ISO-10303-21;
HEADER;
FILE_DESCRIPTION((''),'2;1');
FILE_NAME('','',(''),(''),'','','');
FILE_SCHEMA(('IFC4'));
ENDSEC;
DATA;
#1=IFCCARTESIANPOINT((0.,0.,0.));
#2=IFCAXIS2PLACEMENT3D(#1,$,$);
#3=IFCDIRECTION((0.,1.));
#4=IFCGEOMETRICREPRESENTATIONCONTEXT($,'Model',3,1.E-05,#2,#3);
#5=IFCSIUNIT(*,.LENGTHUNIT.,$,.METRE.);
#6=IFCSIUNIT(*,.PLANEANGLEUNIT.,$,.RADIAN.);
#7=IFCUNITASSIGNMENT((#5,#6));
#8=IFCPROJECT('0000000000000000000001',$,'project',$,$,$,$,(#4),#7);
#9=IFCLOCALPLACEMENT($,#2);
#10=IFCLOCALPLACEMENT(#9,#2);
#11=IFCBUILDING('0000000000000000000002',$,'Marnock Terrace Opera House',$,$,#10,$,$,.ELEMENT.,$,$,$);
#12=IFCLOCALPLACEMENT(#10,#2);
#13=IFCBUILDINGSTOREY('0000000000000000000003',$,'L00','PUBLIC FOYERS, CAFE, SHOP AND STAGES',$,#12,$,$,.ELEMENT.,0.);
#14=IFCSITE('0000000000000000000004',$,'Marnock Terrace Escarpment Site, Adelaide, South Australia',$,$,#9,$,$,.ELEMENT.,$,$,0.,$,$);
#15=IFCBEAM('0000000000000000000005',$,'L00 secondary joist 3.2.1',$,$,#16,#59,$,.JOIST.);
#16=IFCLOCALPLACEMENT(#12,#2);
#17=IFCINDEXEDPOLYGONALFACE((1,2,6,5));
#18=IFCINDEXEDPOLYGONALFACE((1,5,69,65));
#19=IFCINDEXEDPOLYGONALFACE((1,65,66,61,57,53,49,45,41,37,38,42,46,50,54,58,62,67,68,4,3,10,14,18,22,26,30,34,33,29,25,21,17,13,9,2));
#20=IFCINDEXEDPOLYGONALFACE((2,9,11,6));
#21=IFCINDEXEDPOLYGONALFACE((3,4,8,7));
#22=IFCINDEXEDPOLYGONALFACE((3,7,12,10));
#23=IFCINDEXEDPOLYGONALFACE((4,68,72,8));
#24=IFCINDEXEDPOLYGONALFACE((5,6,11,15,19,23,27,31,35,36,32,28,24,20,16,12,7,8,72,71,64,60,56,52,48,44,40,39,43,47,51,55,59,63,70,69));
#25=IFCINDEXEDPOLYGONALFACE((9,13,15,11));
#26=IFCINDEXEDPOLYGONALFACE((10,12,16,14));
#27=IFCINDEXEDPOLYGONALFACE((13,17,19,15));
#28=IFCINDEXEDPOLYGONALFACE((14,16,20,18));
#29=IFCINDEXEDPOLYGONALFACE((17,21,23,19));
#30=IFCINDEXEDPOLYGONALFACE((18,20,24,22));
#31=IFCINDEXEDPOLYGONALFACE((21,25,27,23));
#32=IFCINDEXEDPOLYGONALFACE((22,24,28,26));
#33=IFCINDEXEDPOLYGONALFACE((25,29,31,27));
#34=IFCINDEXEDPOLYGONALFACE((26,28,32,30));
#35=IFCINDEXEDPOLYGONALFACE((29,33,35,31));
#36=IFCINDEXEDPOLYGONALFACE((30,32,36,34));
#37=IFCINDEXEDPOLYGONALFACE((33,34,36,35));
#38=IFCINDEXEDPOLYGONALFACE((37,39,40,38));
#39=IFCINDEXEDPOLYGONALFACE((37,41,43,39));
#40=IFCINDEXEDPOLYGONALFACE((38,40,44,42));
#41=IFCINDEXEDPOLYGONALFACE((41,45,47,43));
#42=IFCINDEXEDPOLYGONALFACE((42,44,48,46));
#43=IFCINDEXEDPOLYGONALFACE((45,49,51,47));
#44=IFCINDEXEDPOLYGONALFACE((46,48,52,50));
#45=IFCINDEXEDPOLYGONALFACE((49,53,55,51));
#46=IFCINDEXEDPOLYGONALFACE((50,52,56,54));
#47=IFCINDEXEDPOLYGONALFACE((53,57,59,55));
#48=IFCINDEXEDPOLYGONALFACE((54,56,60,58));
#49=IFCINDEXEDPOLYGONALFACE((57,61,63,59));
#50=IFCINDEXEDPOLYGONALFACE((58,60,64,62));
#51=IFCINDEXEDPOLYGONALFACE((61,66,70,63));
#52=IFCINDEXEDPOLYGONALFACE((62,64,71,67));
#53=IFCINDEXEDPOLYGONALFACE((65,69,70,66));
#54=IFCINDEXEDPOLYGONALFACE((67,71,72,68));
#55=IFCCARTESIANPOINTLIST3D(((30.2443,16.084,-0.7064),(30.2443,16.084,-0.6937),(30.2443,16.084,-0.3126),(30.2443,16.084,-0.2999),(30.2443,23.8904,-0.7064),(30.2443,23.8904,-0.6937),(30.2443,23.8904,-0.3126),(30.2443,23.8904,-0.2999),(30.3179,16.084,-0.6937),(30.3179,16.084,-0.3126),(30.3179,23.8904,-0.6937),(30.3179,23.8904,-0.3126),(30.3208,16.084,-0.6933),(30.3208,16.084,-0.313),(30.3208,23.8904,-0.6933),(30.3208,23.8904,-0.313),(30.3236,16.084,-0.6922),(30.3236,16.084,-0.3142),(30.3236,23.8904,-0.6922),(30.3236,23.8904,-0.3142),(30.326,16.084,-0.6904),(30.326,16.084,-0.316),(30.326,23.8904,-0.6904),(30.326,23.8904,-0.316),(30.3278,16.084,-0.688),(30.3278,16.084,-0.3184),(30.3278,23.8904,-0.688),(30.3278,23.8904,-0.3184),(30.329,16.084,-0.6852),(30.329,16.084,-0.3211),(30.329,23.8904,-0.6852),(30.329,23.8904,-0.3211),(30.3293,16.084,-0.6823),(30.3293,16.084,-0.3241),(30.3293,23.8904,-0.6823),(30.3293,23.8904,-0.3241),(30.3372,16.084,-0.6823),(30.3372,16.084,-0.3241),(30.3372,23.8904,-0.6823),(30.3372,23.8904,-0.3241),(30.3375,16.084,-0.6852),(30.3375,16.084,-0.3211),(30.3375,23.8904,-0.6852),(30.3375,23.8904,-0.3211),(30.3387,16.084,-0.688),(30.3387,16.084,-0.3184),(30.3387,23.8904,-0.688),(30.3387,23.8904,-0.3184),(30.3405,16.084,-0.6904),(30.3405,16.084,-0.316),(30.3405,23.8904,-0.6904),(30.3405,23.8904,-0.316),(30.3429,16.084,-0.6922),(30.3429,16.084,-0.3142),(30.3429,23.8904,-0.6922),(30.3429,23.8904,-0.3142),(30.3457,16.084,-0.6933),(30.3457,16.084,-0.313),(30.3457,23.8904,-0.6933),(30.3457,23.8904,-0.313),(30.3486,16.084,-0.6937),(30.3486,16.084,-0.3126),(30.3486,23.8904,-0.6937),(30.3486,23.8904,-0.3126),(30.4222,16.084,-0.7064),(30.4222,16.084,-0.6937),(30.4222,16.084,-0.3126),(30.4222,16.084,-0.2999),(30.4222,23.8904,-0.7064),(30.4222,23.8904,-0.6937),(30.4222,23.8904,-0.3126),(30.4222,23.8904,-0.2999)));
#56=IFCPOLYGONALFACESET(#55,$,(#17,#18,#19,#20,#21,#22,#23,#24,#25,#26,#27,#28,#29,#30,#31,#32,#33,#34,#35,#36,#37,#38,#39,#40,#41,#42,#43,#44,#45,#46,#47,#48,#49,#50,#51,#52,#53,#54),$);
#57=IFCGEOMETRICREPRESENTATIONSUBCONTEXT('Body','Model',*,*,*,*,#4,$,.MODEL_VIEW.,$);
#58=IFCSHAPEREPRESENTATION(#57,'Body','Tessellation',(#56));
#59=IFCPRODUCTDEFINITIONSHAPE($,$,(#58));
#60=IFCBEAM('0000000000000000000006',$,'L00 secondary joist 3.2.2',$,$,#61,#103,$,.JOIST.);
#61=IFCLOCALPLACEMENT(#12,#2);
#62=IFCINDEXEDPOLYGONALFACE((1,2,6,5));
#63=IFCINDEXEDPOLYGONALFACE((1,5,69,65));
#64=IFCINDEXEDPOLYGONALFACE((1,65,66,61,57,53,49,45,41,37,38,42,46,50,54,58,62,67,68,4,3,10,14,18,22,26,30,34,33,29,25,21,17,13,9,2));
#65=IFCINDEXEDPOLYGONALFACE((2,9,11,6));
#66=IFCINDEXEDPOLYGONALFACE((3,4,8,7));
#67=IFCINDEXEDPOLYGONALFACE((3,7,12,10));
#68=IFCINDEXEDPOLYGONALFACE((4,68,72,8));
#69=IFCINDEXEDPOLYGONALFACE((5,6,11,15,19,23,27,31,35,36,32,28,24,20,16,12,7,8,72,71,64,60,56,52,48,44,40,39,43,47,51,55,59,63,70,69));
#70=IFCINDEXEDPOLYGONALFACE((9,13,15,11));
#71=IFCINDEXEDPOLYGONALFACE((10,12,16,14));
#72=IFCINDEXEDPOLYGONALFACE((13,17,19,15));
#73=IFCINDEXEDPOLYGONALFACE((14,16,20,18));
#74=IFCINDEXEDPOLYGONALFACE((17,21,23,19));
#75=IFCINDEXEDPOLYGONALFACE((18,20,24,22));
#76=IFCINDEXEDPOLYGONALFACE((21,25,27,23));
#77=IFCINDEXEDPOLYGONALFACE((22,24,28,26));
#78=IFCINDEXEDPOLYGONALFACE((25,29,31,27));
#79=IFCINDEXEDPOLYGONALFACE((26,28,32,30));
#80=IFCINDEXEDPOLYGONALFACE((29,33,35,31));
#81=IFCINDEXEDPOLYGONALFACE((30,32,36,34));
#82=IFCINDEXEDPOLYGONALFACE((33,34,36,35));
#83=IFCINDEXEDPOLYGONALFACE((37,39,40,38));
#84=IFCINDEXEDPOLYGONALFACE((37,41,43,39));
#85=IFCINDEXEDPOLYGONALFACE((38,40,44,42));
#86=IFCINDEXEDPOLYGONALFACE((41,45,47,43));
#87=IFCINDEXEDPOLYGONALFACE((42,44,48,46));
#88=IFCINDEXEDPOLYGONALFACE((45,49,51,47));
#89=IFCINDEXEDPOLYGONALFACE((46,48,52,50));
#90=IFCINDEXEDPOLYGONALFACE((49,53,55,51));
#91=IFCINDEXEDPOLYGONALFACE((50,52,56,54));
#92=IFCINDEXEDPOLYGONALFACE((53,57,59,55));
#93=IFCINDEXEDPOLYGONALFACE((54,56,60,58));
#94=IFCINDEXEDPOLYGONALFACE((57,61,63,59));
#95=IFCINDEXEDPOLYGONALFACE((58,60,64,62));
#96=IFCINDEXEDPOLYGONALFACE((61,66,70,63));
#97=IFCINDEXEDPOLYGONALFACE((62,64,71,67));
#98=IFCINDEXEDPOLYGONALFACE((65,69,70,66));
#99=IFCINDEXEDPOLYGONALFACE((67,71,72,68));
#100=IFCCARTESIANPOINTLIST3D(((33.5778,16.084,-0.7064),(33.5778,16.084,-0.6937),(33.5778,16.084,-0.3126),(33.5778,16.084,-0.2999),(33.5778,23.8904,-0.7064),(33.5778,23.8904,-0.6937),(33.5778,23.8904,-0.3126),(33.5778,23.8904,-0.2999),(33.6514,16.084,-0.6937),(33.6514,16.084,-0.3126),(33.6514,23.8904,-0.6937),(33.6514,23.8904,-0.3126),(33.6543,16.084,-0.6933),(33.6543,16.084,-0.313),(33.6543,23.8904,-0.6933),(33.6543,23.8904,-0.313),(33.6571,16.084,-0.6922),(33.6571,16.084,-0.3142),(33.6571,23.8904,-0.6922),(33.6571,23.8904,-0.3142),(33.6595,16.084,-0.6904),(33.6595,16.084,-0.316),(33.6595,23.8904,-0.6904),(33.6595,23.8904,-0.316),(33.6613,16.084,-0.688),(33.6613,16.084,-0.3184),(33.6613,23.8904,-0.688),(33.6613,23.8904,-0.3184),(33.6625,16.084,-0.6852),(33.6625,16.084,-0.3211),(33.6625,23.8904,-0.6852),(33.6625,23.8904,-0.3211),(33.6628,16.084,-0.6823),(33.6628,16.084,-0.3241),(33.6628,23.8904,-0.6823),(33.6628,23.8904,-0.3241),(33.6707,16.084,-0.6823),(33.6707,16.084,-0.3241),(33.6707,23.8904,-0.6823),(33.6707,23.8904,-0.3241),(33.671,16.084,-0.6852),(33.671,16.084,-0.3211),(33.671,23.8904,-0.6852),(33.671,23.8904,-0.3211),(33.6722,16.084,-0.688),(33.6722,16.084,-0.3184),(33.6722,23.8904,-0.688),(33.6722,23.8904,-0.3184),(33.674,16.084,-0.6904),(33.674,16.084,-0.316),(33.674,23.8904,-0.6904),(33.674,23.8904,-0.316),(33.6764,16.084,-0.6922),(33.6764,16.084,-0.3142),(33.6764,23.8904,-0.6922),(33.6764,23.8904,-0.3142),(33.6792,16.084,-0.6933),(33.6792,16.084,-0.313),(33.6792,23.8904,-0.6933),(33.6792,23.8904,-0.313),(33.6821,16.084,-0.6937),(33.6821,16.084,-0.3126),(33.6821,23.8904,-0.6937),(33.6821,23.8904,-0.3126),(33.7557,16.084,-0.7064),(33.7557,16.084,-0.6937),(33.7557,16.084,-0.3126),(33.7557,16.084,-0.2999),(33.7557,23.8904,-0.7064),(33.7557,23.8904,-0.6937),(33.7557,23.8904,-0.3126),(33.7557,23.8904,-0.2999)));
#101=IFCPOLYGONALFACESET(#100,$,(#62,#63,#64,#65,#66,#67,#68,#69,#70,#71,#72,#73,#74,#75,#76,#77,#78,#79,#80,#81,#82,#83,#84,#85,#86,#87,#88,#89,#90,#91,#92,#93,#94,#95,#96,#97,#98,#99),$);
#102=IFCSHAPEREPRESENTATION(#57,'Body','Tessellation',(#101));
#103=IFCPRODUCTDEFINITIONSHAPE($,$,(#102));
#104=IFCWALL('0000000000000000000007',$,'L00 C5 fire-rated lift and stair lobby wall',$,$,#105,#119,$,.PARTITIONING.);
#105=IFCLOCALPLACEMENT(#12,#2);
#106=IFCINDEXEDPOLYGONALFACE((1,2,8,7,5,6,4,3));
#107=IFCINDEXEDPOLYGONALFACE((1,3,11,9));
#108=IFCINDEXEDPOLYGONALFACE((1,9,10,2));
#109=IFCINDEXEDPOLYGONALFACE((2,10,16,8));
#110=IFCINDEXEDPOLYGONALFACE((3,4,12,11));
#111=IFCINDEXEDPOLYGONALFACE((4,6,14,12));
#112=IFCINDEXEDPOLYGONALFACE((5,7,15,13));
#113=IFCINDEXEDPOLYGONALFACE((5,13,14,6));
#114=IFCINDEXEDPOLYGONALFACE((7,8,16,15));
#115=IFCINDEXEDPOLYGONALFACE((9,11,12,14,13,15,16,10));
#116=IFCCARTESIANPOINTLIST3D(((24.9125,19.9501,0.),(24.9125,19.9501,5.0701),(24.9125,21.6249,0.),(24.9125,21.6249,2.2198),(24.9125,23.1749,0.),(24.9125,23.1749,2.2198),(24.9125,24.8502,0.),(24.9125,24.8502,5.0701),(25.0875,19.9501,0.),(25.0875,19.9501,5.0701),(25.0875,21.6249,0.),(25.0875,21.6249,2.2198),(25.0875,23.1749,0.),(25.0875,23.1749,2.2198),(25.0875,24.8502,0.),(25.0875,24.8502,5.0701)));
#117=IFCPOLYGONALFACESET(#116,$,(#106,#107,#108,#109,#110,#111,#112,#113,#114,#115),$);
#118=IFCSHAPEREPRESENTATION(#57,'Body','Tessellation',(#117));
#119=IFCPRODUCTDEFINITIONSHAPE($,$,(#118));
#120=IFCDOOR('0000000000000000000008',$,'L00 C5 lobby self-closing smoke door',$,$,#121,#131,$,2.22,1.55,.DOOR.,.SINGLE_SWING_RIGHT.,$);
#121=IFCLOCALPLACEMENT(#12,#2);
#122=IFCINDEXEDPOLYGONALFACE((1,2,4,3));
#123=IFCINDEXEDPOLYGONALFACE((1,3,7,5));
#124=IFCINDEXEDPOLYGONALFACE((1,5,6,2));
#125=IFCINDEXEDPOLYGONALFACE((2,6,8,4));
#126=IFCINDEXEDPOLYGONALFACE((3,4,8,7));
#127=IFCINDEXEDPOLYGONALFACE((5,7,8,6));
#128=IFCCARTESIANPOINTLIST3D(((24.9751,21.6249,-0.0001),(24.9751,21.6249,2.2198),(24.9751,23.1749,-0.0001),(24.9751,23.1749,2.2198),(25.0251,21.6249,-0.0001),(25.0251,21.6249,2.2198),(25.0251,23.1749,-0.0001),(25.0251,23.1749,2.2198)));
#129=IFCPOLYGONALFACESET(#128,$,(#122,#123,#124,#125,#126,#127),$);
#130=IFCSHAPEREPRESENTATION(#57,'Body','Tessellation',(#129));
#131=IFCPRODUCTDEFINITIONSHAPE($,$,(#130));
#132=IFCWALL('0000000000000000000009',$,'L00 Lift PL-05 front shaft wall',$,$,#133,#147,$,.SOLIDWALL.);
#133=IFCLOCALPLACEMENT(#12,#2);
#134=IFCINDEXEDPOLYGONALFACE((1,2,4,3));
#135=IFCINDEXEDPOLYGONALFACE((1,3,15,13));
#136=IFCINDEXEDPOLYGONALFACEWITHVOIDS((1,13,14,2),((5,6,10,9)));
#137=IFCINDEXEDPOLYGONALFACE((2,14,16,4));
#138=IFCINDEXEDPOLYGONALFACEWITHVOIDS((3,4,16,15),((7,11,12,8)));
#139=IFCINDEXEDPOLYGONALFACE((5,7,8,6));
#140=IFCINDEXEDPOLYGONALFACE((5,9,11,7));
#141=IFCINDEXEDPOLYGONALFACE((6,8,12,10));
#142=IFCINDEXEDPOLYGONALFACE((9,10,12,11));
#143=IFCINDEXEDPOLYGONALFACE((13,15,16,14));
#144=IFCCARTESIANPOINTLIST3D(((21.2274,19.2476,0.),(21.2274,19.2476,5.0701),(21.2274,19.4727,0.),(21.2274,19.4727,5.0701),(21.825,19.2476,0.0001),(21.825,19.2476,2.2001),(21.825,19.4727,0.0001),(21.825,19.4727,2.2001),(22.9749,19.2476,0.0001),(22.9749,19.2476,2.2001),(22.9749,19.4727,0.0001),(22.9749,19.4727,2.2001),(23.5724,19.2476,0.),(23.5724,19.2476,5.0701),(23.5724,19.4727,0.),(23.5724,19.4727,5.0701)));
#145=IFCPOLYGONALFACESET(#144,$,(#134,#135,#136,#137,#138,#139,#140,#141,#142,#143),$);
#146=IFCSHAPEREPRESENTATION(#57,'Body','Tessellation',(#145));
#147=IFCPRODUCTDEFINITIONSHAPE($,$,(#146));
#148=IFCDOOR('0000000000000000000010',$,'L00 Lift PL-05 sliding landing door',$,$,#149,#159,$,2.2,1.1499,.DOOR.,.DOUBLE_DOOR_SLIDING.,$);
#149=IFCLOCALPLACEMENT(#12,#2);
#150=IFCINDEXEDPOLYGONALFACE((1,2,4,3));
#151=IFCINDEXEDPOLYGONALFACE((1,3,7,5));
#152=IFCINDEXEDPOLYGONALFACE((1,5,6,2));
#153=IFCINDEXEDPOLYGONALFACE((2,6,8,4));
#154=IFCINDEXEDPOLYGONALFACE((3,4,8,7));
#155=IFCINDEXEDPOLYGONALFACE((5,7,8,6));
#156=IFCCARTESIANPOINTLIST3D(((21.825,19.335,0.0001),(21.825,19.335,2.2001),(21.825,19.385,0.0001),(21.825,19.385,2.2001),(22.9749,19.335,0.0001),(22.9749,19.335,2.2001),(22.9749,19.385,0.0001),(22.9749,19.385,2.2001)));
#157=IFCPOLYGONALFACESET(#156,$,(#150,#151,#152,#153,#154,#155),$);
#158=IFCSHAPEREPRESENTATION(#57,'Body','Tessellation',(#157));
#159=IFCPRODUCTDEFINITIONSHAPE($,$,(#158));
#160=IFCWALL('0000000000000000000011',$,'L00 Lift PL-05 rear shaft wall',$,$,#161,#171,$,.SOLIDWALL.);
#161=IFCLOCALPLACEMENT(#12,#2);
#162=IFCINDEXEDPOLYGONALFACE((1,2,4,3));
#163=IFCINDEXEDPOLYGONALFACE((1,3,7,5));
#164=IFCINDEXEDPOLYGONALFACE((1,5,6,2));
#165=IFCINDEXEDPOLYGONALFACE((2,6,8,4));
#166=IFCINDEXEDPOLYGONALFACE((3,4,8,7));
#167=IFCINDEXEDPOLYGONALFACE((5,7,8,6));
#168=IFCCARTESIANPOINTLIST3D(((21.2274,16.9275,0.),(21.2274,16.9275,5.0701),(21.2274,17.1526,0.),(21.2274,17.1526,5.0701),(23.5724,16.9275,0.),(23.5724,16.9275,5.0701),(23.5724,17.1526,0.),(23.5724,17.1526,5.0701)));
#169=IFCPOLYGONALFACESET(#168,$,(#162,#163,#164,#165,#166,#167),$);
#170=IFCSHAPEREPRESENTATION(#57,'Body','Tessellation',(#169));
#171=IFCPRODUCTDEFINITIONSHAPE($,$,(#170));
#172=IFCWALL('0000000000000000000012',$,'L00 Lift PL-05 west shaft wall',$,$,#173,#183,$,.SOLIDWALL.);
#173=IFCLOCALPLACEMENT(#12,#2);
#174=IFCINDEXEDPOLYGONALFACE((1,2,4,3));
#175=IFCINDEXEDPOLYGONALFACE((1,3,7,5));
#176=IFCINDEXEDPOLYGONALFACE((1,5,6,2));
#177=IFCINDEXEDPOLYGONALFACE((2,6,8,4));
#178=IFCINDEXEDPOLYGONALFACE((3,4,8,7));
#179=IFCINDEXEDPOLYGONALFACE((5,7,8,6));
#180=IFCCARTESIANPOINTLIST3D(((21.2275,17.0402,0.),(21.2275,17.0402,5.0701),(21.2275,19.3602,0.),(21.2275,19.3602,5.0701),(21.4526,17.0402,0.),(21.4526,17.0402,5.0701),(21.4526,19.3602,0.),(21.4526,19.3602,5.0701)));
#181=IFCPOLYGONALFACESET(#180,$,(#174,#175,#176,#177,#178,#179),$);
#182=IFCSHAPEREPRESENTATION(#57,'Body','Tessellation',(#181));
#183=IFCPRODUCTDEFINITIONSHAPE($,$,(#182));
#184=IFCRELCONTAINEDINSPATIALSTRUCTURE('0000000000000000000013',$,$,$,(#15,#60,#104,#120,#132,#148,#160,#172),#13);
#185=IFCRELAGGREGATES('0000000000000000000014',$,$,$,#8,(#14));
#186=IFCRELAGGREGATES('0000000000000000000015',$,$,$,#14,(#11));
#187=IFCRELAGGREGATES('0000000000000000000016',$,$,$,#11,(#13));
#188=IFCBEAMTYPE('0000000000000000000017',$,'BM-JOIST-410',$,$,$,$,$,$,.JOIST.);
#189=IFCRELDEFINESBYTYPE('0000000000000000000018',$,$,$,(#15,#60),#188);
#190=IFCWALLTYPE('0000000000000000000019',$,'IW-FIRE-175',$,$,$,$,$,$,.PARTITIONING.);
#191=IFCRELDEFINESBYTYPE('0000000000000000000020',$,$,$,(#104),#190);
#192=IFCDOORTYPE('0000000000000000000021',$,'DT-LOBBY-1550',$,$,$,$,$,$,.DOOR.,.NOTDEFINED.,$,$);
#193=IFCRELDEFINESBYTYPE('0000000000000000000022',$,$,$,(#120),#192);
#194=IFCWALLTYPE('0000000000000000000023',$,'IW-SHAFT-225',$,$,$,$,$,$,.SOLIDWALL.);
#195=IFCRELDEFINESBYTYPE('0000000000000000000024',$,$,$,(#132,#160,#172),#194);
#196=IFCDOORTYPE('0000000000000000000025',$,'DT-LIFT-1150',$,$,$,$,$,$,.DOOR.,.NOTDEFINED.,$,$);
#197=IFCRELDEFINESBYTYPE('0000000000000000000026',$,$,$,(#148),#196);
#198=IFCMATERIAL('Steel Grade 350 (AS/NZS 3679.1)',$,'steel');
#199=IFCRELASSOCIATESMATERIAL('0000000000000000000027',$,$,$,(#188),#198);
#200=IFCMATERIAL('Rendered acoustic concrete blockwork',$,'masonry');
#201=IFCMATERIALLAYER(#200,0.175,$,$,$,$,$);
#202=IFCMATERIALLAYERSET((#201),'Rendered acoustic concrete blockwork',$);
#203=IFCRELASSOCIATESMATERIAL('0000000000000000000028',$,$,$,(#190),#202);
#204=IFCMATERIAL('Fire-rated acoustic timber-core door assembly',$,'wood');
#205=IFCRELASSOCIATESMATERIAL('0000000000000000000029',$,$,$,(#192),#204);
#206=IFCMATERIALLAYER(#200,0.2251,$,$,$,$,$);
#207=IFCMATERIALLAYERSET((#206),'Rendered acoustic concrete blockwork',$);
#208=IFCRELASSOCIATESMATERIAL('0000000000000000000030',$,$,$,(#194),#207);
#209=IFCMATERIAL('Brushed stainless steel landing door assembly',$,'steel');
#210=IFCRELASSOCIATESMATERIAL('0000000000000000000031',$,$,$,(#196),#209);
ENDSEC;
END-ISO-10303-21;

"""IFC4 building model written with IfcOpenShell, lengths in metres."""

from ifc_helpers import new_model, si_unit, direction, frame, frame_2d, origin, origin_2d, place, context, subcontext, project, spatial, rectangle, i_section, extrude, material, layer, layer_set, material_profile, profile_set, type_object, element, fill, save


model = new_model("IFC4")

# Units and contexts
model_context = context("Model", 3, precision=1e-05, world=origin(), true_north=direction((0.0, 1.0)))
body_context = subcontext(model_context, "Body", "Model", "MODEL_VIEW")
ifc_project = project(units=[si_unit("LENGTHUNIT", "METRE"), si_unit("PLANEANGLEUNIT", "RADIAN")], contexts=[model_context])

# Site, building, storey
site_placement = place(None, origin())
site = spatial("IfcSite", under=ifc_project, at=site_placement, Name="Marnock Terrace Escarpment Site, Adelaide, South Australia", CompositionType="ELEMENT", RefElevation=0.0)
building_placement = place(site_placement, origin())
building = spatial("IfcBuilding", under=site, at=building_placement, Name="Marnock Terrace Opera House", CompositionType="ELEMENT")
storey_placement = place(building_placement, origin())
storey = spatial("IfcBuildingStorey", under=building, at=storey_placement, Name="L00", Description="PUBLIC FOYERS, CAFE, SHOP AND STAGES", CompositionType="ELEMENT", Elevation=0.0)

# Shared definitions
ifc_material_1 = material(Name="Steel Grade 350 (AS/NZS 3679.1)", Category="steel")

# Beams
ifc_material_profile_1 = material_profile(ifc_material_1, i_section(OverallWidth=0.178, OverallDepth=0.4065, WebThickness=0.0078, FlangeThickness=0.0127, FilletRadius=0.0115, at=origin_2d()))
ifc_profile_set_1 = profile_set([ifc_material_profile_1], Name="Steel Grade 350 (AS/NZS 3679.1)")
beam_type_1 = type_object("IfcBeamType", Name="BM-JOIST-410", PredefinedType="JOIST", material=ifc_profile_set_1)
for number, where, z_axis, x_axis, name in (
    (1, (30.3333, 16.084, -0.5032), (0.0, 1.0, 0.0), (-1.0, 0.0, 0.0), "L00 secondary joist 3.2.1"),
    (2, (33.6667, 16.084, -0.5032), (0.0, 1.0, 0.0), (-1.0, 0.0, 0.0), "L00 secondary joist 3.2.2"),
):
    element("IfcBeam", number, at=place(storey_placement, frame(where, z_axis=z_axis, x_axis=x_axis)), inside=storey, type_object=beam_type_1, Name=name, PredefinedType="JOIST", context=body_context, shape_type="SweptSolid", body=[
        extrude(i_section(OverallWidth=0.178, OverallDepth=0.4065, WebThickness=0.0078, FlangeThickness=0.0127, FilletRadius=0.0115, at=origin_2d()), origin(), (0.0, 0.0, 1.0), 7.8064),
    ])

# Walls, openings, doors
ifc_material_2 = material(Name="Rendered acoustic concrete blockwork", Category="masonry")
ifc_layer_1 = layer(ifc_material_2, 0.175)
ifc_layer_set_1 = layer_set([ifc_layer_1], Name="Rendered acoustic concrete blockwork")
wall_type_1 = type_object("IfcWallType", Name="IW-FIRE-175", PredefinedType="PARTITIONING", material=ifc_layer_set_1)
wall_1_placement = place(storey_placement, frame((25.0, 19.95, 0.0), z_axis=(0.0, 0.0, 1.0), x_axis=(0.0, 1.0, 0.0)))
wall_1 = element("IfcWall", 3, at=wall_1_placement, inside=storey, type_object=wall_type_1, Name="L00 C5 fire-rated lift and stair lobby wall", PredefinedType="PARTITIONING", context=body_context, shape_type="SweptSolid", body=[
    extrude(rectangle(XDim=4.9001, YDim=0.175, at=frame_2d((2.4502, 0.0))), origin(), (0.0, 0.0, 1.0), 5.0701),
])
opening_1_placement = place(wall_1_placement, frame((1.675, 0.0, 0.0)))
opening_1 = element("IfcOpeningElement", 4, at=opening_1_placement, cuts=wall_1, PredefinedType="OPENING", context=body_context, shape_type="SweptSolid", body=[
    extrude(rectangle(XDim=1.55, YDim=2.22, at=frame_2d((0.7749, 1.1099))), frame((0.0, 0.0974, 0.0), z_axis=(0.0, -1.0, 0.0), x_axis=(1.0, 0.0, 0.0)), (0.0, 0.0, 1.0), 0.1951),
])
ifc_material_3 = material(Name="Fire-rated acoustic timber-core door assembly", Category="wood")
door_type_1 = type_object("IfcDoorType", Name="DT-LOBBY-1550", OperationType="NOTDEFINED", PredefinedType="DOOR", material=ifc_material_3)
door_1_placement = place(opening_1_placement, origin())
door_1 = element("IfcDoor", 5, at=door_1_placement, inside=storey, type_object=door_type_1, Name="L00 C5 lobby self-closing smoke door", OperationType="SINGLE_SWING_RIGHT", OverallHeight=2.22, OverallWidth=1.55, PredefinedType="DOOR", context=body_context, shape_type="SweptSolid", body=[
    extrude(rectangle(XDim=1.55, YDim=2.22, at=frame_2d((0.7749, 1.1099))), frame((0.0, 0.0249, 0.0), z_axis=(0.0, -1.0, 0.0), x_axis=(1.0, 0.0, 0.0)), (0.0, 0.0, 1.0), 0.05),
])
fill(opening_1, door_1)
ifc_layer_2 = layer(ifc_material_2, 0.2251)
ifc_layer_set_2 = layer_set([ifc_layer_2], Name="Rendered acoustic concrete blockwork")
wall_type_2 = type_object("IfcWallType", Name="IW-SHAFT-225", PredefinedType="SOLIDWALL", material=ifc_layer_set_2)
wall_2_placement = place(storey_placement, frame((21.2275, 19.3601, 0.0), z_axis=(0.0, 0.0, 1.0), x_axis=(1.0, 0.0, 0.0)))
wall_2 = element("IfcWall", 6, at=wall_2_placement, inside=storey, type_object=wall_type_2, Name="L00 Lift PL-05 front shaft wall", PredefinedType="SOLIDWALL", context=body_context, shape_type="SweptSolid", body=[
    extrude(rectangle(XDim=2.345, YDim=0.2251, at=frame_2d((1.1724, 0.0))), origin(), (0.0, 0.0, 1.0), 5.0701),
])
opening_2_placement = place(wall_2_placement, frame((0.5974, 0.0, 0.0)))
opening_2 = element("IfcOpeningElement", 7, at=opening_2_placement, cuts=wall_2, PredefinedType="OPENING", context=body_context, shape_type="SweptSolid", body=[
    extrude(rectangle(XDim=1.1499, YDim=2.2, at=frame_2d((0.575, 1.1001))), frame((0.0, 0.1226, 0.0), z_axis=(0.0, -1.0, 0.0), x_axis=(1.0, 0.0, 0.0)), (0.0, 0.0, 1.0), 0.2451),
])
ifc_material_4 = material(Name="Brushed stainless steel landing door assembly", Category="steel")
door_type_2 = type_object("IfcDoorType", Name="DT-LIFT-1150", OperationType="NOTDEFINED", PredefinedType="DOOR", material=ifc_material_4)
door_2_placement = place(opening_2_placement, origin())
door_2 = element("IfcDoor", 8, at=door_2_placement, inside=storey, type_object=door_type_2, Name="L00 Lift PL-05 sliding landing door", OperationType="DOUBLE_DOOR_SLIDING", OverallHeight=2.2, OverallWidth=1.1499, PredefinedType="DOOR", context=body_context, shape_type="SweptSolid", body=[
    extrude(rectangle(XDim=1.1499, YDim=2.2, at=frame_2d((0.575, 1.1001))), frame((0.0, 0.0249, 0.0), z_axis=(0.0, -1.0, 0.0), x_axis=(1.0, 0.0, 0.0)), (0.0, 0.0, 1.0), 0.05),
])
fill(opening_2, door_2)

# Walls
wall_3_placement = place(storey_placement, frame((21.2275, 17.04, 0.0), z_axis=(0.0, 0.0, 1.0), x_axis=(1.0, 0.0, 0.0)))
element("IfcWall", 9, at=wall_3_placement, inside=storey, type_object=wall_type_2, Name="L00 Lift PL-05 rear shaft wall", PredefinedType="SOLIDWALL", context=body_context, shape_type="SweptSolid", body=[
    extrude(rectangle(XDim=2.345, YDim=0.2251, at=frame_2d((1.1724, 0.0))), origin(), (0.0, 0.0, 1.0), 5.0701),
])
for number, where, z_axis, x_axis, name in (
    (10, (21.3401, 17.04, 0.0), (0.0, 0.0, 1.0), (0.0, 1.0, 0.0), "L00 Lift PL-05 west shaft wall"),
):
    element("IfcWall", number, at=place(storey_placement, frame(where, z_axis=z_axis, x_axis=x_axis)), inside=storey, type_object=wall_type_2, Name=name, PredefinedType="SOLIDWALL", context=body_context, shape_type="SweptSolid", body=[
        extrude(rectangle(XDim=2.3201, YDim=0.2251, at=frame_2d((1.1602, 0.0))), origin(), (0.0, 0.0, 1.0), 5.0701),
    ])

save(model, "model.ifc")
